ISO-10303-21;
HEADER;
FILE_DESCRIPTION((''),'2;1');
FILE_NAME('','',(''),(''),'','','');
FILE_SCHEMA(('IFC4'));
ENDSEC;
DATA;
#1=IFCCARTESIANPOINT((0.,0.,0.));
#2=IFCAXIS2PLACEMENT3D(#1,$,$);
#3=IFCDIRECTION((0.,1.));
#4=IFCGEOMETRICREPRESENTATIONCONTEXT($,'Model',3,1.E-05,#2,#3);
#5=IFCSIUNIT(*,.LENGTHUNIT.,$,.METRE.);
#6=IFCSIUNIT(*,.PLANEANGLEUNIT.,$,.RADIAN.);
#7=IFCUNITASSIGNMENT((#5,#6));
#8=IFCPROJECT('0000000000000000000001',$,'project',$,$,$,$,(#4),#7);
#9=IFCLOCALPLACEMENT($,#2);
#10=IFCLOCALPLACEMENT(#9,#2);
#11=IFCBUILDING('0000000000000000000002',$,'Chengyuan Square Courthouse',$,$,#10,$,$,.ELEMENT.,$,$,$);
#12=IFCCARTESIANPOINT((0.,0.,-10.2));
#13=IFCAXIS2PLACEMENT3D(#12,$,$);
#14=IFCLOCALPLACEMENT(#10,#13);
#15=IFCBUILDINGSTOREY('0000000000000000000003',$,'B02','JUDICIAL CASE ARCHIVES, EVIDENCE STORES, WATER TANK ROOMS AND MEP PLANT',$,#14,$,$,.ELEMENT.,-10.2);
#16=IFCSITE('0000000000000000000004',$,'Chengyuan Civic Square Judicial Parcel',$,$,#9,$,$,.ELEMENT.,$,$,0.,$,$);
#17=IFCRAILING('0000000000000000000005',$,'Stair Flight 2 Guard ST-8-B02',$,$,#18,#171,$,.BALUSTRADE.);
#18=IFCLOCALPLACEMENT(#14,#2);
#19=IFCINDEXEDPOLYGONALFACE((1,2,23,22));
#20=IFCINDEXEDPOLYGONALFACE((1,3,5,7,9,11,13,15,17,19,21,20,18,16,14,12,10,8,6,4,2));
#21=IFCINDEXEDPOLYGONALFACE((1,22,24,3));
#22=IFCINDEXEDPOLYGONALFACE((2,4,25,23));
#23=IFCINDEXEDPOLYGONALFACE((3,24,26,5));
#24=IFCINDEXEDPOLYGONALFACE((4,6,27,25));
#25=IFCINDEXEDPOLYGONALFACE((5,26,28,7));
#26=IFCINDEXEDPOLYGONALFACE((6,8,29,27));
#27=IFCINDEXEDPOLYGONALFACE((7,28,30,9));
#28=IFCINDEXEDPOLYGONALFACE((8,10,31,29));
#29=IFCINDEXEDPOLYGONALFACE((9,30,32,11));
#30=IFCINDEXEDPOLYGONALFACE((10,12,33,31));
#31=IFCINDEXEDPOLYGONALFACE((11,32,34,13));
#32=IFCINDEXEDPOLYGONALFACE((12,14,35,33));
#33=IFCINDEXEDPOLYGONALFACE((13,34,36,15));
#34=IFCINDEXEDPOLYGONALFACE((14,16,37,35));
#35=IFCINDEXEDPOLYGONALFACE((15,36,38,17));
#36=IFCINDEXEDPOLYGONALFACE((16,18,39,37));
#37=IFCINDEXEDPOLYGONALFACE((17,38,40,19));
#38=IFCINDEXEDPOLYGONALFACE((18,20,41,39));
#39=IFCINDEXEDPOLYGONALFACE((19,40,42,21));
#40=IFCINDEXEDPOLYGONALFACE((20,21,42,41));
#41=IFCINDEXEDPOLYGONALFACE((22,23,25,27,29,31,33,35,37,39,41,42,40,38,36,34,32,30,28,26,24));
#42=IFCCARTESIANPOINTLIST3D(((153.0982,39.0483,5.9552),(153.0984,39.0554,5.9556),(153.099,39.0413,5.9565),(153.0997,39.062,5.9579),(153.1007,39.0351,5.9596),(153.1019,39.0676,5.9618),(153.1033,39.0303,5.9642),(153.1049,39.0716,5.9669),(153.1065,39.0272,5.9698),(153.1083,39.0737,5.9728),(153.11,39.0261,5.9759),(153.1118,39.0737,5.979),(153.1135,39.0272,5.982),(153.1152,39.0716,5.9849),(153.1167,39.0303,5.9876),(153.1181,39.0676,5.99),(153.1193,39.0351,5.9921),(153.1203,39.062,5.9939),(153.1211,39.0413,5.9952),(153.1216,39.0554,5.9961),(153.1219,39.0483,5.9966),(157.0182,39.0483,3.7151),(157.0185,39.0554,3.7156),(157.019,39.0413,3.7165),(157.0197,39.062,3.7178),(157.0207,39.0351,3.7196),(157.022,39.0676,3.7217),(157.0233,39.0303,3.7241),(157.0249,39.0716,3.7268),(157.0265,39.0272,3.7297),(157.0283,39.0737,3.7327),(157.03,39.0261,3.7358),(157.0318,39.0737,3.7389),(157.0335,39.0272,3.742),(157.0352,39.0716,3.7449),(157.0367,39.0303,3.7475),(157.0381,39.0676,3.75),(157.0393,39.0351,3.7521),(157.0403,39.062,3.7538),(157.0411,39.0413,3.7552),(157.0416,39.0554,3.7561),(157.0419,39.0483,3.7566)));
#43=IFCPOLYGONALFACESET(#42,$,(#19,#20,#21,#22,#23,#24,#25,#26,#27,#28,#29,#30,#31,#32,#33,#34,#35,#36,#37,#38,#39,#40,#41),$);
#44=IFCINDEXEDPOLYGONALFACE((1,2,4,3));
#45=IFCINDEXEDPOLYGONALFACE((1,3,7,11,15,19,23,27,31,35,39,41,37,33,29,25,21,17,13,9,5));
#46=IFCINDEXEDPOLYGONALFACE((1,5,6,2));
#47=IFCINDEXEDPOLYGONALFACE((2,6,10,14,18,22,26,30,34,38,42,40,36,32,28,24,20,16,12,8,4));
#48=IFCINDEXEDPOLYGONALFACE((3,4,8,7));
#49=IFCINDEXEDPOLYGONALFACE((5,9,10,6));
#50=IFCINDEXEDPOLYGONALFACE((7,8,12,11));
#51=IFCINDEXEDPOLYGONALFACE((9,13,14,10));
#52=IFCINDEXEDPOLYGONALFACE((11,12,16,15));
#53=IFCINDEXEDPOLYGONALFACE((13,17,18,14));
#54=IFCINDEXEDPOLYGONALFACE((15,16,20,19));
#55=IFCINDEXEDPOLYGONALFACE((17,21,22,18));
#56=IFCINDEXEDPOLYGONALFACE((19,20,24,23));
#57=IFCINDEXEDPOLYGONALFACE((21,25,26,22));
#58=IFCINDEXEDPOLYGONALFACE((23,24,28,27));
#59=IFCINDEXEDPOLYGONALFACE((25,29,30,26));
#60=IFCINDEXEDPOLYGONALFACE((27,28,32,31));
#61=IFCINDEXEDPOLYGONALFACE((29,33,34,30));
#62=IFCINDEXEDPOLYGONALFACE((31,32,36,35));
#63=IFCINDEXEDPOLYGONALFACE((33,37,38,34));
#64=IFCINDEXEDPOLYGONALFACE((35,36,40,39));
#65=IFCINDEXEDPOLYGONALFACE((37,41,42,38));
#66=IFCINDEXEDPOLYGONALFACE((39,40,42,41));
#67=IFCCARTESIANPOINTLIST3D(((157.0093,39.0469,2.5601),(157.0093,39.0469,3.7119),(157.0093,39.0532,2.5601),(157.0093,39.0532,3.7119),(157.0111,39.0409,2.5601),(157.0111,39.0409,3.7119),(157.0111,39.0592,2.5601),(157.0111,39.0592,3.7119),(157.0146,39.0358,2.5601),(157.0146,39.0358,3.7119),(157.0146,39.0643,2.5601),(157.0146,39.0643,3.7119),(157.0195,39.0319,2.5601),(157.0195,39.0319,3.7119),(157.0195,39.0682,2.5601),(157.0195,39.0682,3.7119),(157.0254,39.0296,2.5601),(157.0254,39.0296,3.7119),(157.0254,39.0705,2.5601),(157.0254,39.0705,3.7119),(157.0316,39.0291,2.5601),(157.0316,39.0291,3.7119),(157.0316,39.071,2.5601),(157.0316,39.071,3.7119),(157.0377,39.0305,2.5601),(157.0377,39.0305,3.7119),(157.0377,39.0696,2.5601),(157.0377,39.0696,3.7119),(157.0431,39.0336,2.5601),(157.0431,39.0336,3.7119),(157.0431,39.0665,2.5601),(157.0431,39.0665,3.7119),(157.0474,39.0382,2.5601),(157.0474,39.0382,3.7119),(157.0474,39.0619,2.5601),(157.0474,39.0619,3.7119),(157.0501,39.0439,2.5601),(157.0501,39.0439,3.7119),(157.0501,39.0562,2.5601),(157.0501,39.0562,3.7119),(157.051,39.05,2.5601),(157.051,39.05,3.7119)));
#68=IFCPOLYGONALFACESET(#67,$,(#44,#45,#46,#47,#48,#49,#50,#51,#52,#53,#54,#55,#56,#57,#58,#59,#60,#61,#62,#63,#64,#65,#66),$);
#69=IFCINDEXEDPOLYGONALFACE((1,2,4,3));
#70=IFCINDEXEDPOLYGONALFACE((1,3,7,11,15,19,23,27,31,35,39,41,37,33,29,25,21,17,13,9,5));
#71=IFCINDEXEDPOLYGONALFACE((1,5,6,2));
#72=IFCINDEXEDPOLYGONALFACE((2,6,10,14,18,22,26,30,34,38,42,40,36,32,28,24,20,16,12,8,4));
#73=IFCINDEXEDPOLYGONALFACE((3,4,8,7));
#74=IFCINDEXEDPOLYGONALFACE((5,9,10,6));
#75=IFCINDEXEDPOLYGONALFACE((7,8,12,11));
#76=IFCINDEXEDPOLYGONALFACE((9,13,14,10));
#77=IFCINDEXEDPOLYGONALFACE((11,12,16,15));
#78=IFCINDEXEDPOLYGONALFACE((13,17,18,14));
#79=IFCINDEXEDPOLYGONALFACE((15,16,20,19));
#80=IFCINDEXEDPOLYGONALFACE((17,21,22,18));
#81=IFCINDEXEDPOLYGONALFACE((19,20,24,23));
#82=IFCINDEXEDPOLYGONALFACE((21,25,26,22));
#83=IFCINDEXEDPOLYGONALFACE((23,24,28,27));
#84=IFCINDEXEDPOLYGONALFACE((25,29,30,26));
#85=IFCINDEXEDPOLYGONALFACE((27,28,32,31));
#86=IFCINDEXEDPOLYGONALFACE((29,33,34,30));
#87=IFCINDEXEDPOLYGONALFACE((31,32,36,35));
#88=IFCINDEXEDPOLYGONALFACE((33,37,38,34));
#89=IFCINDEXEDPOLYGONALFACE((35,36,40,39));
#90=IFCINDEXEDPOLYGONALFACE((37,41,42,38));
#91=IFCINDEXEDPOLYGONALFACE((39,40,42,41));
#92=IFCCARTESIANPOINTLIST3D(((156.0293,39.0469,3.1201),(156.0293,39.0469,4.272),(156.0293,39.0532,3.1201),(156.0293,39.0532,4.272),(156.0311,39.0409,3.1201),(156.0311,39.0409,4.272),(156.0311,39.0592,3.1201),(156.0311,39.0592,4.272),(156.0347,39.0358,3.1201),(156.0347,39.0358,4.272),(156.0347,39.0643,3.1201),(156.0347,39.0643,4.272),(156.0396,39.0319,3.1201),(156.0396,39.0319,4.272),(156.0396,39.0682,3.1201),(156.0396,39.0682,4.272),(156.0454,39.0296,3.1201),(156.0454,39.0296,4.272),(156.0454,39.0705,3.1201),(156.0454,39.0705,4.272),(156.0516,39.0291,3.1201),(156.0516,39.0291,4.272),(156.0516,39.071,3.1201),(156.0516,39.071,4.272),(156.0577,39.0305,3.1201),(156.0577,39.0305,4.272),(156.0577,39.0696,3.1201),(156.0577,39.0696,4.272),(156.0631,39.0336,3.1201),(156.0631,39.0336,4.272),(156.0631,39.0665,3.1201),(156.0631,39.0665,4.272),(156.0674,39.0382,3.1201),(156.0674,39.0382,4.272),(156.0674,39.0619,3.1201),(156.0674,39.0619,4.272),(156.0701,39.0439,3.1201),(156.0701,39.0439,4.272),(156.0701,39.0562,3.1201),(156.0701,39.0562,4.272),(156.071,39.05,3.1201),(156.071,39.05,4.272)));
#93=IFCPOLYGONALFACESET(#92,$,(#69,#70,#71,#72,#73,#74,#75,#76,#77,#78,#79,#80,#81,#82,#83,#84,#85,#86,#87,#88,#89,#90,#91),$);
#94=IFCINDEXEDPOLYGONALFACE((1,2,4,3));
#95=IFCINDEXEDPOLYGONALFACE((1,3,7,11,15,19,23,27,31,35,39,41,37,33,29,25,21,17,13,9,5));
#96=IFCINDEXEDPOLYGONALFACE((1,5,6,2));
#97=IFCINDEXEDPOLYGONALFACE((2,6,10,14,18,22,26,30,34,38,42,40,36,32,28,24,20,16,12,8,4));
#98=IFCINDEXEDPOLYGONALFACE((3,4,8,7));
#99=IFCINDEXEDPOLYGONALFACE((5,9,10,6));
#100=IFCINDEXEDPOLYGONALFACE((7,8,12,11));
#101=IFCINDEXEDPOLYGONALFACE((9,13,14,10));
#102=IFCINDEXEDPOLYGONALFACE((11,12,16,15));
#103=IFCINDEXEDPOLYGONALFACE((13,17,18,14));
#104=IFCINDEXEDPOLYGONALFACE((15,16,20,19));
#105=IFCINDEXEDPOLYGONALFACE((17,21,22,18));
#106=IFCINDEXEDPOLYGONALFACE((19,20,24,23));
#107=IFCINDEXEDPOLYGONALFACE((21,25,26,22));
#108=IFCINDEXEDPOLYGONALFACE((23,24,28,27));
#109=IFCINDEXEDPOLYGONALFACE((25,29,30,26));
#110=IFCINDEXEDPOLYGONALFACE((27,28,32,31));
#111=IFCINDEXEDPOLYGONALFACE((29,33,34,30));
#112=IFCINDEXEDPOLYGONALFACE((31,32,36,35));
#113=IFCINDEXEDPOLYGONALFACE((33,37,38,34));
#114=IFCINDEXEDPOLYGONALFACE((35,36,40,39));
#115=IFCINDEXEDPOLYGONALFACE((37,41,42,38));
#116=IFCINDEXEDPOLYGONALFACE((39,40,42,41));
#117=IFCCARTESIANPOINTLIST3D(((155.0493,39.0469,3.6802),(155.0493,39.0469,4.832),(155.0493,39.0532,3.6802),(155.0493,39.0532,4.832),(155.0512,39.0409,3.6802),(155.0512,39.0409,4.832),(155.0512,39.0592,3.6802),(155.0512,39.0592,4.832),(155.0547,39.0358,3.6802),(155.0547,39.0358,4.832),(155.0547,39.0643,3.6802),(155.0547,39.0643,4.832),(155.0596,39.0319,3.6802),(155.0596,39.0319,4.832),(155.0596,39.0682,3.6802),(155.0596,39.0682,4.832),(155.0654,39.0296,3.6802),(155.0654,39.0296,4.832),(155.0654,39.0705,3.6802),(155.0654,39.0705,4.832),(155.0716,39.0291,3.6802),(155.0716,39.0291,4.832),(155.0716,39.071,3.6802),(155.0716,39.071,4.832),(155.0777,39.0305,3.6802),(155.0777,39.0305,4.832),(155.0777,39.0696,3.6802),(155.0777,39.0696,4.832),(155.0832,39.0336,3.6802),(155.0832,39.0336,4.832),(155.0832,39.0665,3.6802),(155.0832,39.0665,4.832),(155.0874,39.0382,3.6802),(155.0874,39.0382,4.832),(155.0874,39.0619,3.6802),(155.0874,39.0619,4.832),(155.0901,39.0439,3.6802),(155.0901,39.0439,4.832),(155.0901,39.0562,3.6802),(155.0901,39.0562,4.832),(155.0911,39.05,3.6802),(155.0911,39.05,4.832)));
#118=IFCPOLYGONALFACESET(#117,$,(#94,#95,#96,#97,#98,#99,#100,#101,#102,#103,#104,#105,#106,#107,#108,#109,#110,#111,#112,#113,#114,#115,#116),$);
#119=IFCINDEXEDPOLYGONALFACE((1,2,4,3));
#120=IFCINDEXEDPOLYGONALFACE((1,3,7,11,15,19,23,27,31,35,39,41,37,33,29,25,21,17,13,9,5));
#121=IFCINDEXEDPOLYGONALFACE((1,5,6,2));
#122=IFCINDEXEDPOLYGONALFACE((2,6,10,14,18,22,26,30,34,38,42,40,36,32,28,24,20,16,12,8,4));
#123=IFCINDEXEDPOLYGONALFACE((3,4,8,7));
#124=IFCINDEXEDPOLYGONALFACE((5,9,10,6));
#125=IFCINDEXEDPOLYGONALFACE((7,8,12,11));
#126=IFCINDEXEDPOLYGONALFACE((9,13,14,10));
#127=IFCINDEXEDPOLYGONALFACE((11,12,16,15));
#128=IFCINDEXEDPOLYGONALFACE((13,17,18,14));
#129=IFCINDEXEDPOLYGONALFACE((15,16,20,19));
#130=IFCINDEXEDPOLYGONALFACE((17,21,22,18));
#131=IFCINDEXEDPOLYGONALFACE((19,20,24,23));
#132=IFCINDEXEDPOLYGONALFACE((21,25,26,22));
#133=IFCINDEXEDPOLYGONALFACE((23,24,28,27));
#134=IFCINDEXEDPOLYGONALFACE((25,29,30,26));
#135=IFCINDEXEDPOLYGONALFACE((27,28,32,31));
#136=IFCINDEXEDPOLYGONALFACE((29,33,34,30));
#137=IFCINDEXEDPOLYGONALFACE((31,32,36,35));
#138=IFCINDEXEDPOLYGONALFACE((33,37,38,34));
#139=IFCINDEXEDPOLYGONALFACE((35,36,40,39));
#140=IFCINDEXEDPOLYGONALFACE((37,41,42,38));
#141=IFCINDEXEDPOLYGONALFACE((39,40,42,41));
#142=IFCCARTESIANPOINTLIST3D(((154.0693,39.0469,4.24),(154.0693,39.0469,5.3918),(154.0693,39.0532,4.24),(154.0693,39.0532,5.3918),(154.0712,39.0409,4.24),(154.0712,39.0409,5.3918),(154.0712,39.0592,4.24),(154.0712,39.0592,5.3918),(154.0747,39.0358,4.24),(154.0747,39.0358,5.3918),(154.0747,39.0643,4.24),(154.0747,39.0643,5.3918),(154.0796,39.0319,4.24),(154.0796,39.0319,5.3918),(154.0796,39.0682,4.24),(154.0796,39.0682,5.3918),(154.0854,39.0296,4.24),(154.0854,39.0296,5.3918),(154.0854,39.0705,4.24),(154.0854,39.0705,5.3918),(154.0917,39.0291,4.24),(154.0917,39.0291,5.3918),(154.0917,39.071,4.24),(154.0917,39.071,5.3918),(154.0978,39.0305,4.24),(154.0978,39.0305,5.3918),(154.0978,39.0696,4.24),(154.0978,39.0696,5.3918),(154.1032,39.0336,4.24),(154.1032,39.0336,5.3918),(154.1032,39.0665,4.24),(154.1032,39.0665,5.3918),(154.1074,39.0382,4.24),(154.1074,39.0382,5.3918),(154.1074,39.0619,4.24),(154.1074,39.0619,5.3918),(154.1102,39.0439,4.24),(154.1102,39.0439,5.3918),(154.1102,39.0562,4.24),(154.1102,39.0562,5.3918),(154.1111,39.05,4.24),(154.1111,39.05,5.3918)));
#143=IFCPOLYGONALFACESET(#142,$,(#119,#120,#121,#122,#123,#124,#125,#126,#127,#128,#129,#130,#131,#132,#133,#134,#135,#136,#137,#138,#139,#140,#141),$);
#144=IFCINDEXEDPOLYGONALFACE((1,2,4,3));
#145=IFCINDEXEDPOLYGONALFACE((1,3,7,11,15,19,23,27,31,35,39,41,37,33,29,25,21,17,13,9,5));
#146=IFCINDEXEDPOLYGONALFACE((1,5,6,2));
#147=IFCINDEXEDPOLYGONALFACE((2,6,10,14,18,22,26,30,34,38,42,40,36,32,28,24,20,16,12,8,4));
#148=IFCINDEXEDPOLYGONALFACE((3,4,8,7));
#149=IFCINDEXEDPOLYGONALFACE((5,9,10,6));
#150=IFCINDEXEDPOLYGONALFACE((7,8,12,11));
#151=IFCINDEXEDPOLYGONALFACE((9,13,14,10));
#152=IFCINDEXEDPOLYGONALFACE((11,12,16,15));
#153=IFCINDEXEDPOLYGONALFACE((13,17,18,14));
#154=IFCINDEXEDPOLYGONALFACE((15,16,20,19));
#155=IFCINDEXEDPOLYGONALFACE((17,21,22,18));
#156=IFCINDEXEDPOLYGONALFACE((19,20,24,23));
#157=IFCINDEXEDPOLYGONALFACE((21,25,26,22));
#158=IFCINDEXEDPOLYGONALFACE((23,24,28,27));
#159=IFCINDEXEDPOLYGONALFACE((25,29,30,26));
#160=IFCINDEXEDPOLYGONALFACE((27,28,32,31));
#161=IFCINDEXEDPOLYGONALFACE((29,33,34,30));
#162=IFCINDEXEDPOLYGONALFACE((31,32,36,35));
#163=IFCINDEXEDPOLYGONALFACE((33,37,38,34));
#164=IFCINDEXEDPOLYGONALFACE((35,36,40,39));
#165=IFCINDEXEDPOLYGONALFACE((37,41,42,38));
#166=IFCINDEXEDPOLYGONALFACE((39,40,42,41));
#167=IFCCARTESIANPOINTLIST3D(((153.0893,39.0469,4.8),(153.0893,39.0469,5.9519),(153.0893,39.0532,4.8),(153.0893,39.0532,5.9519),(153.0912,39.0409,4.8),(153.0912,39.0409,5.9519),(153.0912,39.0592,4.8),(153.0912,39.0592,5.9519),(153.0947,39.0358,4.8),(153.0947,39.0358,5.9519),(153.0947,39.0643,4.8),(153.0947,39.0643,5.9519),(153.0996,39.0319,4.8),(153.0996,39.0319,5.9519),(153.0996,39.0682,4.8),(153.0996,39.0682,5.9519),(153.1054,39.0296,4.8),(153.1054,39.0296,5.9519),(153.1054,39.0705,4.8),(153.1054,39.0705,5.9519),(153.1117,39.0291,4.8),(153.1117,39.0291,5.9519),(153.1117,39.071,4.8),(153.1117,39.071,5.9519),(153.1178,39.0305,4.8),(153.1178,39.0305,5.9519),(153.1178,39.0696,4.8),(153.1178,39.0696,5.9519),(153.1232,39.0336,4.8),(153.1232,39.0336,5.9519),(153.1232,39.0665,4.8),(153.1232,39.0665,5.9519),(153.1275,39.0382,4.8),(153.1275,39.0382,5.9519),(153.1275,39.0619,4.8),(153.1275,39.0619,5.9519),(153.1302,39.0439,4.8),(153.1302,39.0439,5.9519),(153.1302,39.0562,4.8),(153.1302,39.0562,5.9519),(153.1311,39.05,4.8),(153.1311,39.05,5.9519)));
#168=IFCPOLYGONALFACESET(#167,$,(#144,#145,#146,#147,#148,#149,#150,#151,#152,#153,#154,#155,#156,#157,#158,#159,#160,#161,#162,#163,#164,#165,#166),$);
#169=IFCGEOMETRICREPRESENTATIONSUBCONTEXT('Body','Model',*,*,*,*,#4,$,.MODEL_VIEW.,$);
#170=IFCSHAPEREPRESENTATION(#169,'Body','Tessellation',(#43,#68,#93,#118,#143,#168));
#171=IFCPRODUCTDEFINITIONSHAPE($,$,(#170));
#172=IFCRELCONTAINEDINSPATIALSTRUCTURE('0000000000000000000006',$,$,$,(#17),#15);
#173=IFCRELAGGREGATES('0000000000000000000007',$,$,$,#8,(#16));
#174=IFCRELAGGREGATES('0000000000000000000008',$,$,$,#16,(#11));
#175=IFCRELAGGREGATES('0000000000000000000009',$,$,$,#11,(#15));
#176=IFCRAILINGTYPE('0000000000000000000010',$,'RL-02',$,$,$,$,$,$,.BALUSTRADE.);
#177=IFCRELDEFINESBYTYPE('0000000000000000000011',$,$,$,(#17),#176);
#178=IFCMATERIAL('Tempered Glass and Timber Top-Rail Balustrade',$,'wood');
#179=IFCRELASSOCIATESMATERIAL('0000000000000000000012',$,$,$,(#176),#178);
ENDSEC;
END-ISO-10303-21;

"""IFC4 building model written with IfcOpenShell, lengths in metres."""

from ifc_helpers import new_model, si_unit, direction, frame, origin, origin_2d, place, context, subcontext, project, spatial, circle, extrude, material, type_object, element, save


model = new_model("IFC4")

# Units and contexts
model_context = context("Model", 3, precision=1e-05, world=origin(), true_north=direction((0.0, 1.0)))
body_context = subcontext(model_context, "Body", "Model", "MODEL_VIEW")
ifc_project = project(units=[si_unit("LENGTHUNIT", "METRE"), si_unit("PLANEANGLEUNIT", "RADIAN")], contexts=[model_context])

# Site, building, storey
site_placement = place(None, origin())
site = spatial("IfcSite", under=ifc_project, at=site_placement, Name="Chengyuan Civic Square Judicial Parcel", CompositionType="ELEMENT", RefElevation=0.0)
building_placement = place(site_placement, origin())
building = spatial("IfcBuilding", under=site, at=building_placement, Name="Chengyuan Square Courthouse", CompositionType="ELEMENT")
storey_placement = place(building_placement, frame((0.0, 0.0, -10.2)))
storey = spatial("IfcBuildingStorey", under=building, at=storey_placement, Name="B02", Description="JUDICIAL CASE ARCHIVES, EVIDENCE STORES, WATER TANK ROOMS AND MEP PLANT", CompositionType="ELEMENT", Elevation=-10.2)

# Railing
ifc_material_1 = material(Name="Tempered Glass and Timber Top-Rail Balustrade", Category="wood")
railing_type_1 = type_object("IfcRailingType", Name="RL-02", PredefinedType="BALUSTRADE", material=ifc_material_1)
railing_1_placement = place(storey_placement, frame((157.03, 39.05, 2.5601)))
element("IfcRailing", 1, at=railing_1_placement, inside=storey, type_object=railing_type_1, Name="Stair Flight 2 Guard ST-8-B02", PredefinedType="BALUSTRADE", context=body_context, shape_type="SweptSolid", body=[
    extrude(circle(Radius=0.0239, at=origin_2d()), frame((0.0, 0.0, 1.1758), z_axis=(-0.86824, 0.0, 0.496145), x_axis=(0.0, -1.0, 0.0)), (0.0, 0.0, 1.0), 4.5149),
    extrude(circle(Radius=0.021, at=origin_2d()), origin(), (0.0, 0.0, 1.0), 1.1519),
    extrude(circle(Radius=0.021, at=origin_2d()), frame((-0.98, 0.0, 0.5601)), (0.0, 0.0, 1.0), 1.1519),
    extrude(circle(Radius=0.021, at=origin_2d()), frame((-1.96, 0.0, 1.1201)), (0.0, 0.0, 1.0), 1.1519),
    extrude(circle(Radius=0.021, at=origin_2d()), frame((-2.9399, 0.0, 1.6799)), (0.0, 0.0, 1.0), 1.1519),
    extrude(circle(Radius=0.021, at=origin_2d()), frame((-3.9199, 0.0, 2.24)), (0.0, 0.0, 1.0), 1.1519),
])

save(model, "model.ifc")
